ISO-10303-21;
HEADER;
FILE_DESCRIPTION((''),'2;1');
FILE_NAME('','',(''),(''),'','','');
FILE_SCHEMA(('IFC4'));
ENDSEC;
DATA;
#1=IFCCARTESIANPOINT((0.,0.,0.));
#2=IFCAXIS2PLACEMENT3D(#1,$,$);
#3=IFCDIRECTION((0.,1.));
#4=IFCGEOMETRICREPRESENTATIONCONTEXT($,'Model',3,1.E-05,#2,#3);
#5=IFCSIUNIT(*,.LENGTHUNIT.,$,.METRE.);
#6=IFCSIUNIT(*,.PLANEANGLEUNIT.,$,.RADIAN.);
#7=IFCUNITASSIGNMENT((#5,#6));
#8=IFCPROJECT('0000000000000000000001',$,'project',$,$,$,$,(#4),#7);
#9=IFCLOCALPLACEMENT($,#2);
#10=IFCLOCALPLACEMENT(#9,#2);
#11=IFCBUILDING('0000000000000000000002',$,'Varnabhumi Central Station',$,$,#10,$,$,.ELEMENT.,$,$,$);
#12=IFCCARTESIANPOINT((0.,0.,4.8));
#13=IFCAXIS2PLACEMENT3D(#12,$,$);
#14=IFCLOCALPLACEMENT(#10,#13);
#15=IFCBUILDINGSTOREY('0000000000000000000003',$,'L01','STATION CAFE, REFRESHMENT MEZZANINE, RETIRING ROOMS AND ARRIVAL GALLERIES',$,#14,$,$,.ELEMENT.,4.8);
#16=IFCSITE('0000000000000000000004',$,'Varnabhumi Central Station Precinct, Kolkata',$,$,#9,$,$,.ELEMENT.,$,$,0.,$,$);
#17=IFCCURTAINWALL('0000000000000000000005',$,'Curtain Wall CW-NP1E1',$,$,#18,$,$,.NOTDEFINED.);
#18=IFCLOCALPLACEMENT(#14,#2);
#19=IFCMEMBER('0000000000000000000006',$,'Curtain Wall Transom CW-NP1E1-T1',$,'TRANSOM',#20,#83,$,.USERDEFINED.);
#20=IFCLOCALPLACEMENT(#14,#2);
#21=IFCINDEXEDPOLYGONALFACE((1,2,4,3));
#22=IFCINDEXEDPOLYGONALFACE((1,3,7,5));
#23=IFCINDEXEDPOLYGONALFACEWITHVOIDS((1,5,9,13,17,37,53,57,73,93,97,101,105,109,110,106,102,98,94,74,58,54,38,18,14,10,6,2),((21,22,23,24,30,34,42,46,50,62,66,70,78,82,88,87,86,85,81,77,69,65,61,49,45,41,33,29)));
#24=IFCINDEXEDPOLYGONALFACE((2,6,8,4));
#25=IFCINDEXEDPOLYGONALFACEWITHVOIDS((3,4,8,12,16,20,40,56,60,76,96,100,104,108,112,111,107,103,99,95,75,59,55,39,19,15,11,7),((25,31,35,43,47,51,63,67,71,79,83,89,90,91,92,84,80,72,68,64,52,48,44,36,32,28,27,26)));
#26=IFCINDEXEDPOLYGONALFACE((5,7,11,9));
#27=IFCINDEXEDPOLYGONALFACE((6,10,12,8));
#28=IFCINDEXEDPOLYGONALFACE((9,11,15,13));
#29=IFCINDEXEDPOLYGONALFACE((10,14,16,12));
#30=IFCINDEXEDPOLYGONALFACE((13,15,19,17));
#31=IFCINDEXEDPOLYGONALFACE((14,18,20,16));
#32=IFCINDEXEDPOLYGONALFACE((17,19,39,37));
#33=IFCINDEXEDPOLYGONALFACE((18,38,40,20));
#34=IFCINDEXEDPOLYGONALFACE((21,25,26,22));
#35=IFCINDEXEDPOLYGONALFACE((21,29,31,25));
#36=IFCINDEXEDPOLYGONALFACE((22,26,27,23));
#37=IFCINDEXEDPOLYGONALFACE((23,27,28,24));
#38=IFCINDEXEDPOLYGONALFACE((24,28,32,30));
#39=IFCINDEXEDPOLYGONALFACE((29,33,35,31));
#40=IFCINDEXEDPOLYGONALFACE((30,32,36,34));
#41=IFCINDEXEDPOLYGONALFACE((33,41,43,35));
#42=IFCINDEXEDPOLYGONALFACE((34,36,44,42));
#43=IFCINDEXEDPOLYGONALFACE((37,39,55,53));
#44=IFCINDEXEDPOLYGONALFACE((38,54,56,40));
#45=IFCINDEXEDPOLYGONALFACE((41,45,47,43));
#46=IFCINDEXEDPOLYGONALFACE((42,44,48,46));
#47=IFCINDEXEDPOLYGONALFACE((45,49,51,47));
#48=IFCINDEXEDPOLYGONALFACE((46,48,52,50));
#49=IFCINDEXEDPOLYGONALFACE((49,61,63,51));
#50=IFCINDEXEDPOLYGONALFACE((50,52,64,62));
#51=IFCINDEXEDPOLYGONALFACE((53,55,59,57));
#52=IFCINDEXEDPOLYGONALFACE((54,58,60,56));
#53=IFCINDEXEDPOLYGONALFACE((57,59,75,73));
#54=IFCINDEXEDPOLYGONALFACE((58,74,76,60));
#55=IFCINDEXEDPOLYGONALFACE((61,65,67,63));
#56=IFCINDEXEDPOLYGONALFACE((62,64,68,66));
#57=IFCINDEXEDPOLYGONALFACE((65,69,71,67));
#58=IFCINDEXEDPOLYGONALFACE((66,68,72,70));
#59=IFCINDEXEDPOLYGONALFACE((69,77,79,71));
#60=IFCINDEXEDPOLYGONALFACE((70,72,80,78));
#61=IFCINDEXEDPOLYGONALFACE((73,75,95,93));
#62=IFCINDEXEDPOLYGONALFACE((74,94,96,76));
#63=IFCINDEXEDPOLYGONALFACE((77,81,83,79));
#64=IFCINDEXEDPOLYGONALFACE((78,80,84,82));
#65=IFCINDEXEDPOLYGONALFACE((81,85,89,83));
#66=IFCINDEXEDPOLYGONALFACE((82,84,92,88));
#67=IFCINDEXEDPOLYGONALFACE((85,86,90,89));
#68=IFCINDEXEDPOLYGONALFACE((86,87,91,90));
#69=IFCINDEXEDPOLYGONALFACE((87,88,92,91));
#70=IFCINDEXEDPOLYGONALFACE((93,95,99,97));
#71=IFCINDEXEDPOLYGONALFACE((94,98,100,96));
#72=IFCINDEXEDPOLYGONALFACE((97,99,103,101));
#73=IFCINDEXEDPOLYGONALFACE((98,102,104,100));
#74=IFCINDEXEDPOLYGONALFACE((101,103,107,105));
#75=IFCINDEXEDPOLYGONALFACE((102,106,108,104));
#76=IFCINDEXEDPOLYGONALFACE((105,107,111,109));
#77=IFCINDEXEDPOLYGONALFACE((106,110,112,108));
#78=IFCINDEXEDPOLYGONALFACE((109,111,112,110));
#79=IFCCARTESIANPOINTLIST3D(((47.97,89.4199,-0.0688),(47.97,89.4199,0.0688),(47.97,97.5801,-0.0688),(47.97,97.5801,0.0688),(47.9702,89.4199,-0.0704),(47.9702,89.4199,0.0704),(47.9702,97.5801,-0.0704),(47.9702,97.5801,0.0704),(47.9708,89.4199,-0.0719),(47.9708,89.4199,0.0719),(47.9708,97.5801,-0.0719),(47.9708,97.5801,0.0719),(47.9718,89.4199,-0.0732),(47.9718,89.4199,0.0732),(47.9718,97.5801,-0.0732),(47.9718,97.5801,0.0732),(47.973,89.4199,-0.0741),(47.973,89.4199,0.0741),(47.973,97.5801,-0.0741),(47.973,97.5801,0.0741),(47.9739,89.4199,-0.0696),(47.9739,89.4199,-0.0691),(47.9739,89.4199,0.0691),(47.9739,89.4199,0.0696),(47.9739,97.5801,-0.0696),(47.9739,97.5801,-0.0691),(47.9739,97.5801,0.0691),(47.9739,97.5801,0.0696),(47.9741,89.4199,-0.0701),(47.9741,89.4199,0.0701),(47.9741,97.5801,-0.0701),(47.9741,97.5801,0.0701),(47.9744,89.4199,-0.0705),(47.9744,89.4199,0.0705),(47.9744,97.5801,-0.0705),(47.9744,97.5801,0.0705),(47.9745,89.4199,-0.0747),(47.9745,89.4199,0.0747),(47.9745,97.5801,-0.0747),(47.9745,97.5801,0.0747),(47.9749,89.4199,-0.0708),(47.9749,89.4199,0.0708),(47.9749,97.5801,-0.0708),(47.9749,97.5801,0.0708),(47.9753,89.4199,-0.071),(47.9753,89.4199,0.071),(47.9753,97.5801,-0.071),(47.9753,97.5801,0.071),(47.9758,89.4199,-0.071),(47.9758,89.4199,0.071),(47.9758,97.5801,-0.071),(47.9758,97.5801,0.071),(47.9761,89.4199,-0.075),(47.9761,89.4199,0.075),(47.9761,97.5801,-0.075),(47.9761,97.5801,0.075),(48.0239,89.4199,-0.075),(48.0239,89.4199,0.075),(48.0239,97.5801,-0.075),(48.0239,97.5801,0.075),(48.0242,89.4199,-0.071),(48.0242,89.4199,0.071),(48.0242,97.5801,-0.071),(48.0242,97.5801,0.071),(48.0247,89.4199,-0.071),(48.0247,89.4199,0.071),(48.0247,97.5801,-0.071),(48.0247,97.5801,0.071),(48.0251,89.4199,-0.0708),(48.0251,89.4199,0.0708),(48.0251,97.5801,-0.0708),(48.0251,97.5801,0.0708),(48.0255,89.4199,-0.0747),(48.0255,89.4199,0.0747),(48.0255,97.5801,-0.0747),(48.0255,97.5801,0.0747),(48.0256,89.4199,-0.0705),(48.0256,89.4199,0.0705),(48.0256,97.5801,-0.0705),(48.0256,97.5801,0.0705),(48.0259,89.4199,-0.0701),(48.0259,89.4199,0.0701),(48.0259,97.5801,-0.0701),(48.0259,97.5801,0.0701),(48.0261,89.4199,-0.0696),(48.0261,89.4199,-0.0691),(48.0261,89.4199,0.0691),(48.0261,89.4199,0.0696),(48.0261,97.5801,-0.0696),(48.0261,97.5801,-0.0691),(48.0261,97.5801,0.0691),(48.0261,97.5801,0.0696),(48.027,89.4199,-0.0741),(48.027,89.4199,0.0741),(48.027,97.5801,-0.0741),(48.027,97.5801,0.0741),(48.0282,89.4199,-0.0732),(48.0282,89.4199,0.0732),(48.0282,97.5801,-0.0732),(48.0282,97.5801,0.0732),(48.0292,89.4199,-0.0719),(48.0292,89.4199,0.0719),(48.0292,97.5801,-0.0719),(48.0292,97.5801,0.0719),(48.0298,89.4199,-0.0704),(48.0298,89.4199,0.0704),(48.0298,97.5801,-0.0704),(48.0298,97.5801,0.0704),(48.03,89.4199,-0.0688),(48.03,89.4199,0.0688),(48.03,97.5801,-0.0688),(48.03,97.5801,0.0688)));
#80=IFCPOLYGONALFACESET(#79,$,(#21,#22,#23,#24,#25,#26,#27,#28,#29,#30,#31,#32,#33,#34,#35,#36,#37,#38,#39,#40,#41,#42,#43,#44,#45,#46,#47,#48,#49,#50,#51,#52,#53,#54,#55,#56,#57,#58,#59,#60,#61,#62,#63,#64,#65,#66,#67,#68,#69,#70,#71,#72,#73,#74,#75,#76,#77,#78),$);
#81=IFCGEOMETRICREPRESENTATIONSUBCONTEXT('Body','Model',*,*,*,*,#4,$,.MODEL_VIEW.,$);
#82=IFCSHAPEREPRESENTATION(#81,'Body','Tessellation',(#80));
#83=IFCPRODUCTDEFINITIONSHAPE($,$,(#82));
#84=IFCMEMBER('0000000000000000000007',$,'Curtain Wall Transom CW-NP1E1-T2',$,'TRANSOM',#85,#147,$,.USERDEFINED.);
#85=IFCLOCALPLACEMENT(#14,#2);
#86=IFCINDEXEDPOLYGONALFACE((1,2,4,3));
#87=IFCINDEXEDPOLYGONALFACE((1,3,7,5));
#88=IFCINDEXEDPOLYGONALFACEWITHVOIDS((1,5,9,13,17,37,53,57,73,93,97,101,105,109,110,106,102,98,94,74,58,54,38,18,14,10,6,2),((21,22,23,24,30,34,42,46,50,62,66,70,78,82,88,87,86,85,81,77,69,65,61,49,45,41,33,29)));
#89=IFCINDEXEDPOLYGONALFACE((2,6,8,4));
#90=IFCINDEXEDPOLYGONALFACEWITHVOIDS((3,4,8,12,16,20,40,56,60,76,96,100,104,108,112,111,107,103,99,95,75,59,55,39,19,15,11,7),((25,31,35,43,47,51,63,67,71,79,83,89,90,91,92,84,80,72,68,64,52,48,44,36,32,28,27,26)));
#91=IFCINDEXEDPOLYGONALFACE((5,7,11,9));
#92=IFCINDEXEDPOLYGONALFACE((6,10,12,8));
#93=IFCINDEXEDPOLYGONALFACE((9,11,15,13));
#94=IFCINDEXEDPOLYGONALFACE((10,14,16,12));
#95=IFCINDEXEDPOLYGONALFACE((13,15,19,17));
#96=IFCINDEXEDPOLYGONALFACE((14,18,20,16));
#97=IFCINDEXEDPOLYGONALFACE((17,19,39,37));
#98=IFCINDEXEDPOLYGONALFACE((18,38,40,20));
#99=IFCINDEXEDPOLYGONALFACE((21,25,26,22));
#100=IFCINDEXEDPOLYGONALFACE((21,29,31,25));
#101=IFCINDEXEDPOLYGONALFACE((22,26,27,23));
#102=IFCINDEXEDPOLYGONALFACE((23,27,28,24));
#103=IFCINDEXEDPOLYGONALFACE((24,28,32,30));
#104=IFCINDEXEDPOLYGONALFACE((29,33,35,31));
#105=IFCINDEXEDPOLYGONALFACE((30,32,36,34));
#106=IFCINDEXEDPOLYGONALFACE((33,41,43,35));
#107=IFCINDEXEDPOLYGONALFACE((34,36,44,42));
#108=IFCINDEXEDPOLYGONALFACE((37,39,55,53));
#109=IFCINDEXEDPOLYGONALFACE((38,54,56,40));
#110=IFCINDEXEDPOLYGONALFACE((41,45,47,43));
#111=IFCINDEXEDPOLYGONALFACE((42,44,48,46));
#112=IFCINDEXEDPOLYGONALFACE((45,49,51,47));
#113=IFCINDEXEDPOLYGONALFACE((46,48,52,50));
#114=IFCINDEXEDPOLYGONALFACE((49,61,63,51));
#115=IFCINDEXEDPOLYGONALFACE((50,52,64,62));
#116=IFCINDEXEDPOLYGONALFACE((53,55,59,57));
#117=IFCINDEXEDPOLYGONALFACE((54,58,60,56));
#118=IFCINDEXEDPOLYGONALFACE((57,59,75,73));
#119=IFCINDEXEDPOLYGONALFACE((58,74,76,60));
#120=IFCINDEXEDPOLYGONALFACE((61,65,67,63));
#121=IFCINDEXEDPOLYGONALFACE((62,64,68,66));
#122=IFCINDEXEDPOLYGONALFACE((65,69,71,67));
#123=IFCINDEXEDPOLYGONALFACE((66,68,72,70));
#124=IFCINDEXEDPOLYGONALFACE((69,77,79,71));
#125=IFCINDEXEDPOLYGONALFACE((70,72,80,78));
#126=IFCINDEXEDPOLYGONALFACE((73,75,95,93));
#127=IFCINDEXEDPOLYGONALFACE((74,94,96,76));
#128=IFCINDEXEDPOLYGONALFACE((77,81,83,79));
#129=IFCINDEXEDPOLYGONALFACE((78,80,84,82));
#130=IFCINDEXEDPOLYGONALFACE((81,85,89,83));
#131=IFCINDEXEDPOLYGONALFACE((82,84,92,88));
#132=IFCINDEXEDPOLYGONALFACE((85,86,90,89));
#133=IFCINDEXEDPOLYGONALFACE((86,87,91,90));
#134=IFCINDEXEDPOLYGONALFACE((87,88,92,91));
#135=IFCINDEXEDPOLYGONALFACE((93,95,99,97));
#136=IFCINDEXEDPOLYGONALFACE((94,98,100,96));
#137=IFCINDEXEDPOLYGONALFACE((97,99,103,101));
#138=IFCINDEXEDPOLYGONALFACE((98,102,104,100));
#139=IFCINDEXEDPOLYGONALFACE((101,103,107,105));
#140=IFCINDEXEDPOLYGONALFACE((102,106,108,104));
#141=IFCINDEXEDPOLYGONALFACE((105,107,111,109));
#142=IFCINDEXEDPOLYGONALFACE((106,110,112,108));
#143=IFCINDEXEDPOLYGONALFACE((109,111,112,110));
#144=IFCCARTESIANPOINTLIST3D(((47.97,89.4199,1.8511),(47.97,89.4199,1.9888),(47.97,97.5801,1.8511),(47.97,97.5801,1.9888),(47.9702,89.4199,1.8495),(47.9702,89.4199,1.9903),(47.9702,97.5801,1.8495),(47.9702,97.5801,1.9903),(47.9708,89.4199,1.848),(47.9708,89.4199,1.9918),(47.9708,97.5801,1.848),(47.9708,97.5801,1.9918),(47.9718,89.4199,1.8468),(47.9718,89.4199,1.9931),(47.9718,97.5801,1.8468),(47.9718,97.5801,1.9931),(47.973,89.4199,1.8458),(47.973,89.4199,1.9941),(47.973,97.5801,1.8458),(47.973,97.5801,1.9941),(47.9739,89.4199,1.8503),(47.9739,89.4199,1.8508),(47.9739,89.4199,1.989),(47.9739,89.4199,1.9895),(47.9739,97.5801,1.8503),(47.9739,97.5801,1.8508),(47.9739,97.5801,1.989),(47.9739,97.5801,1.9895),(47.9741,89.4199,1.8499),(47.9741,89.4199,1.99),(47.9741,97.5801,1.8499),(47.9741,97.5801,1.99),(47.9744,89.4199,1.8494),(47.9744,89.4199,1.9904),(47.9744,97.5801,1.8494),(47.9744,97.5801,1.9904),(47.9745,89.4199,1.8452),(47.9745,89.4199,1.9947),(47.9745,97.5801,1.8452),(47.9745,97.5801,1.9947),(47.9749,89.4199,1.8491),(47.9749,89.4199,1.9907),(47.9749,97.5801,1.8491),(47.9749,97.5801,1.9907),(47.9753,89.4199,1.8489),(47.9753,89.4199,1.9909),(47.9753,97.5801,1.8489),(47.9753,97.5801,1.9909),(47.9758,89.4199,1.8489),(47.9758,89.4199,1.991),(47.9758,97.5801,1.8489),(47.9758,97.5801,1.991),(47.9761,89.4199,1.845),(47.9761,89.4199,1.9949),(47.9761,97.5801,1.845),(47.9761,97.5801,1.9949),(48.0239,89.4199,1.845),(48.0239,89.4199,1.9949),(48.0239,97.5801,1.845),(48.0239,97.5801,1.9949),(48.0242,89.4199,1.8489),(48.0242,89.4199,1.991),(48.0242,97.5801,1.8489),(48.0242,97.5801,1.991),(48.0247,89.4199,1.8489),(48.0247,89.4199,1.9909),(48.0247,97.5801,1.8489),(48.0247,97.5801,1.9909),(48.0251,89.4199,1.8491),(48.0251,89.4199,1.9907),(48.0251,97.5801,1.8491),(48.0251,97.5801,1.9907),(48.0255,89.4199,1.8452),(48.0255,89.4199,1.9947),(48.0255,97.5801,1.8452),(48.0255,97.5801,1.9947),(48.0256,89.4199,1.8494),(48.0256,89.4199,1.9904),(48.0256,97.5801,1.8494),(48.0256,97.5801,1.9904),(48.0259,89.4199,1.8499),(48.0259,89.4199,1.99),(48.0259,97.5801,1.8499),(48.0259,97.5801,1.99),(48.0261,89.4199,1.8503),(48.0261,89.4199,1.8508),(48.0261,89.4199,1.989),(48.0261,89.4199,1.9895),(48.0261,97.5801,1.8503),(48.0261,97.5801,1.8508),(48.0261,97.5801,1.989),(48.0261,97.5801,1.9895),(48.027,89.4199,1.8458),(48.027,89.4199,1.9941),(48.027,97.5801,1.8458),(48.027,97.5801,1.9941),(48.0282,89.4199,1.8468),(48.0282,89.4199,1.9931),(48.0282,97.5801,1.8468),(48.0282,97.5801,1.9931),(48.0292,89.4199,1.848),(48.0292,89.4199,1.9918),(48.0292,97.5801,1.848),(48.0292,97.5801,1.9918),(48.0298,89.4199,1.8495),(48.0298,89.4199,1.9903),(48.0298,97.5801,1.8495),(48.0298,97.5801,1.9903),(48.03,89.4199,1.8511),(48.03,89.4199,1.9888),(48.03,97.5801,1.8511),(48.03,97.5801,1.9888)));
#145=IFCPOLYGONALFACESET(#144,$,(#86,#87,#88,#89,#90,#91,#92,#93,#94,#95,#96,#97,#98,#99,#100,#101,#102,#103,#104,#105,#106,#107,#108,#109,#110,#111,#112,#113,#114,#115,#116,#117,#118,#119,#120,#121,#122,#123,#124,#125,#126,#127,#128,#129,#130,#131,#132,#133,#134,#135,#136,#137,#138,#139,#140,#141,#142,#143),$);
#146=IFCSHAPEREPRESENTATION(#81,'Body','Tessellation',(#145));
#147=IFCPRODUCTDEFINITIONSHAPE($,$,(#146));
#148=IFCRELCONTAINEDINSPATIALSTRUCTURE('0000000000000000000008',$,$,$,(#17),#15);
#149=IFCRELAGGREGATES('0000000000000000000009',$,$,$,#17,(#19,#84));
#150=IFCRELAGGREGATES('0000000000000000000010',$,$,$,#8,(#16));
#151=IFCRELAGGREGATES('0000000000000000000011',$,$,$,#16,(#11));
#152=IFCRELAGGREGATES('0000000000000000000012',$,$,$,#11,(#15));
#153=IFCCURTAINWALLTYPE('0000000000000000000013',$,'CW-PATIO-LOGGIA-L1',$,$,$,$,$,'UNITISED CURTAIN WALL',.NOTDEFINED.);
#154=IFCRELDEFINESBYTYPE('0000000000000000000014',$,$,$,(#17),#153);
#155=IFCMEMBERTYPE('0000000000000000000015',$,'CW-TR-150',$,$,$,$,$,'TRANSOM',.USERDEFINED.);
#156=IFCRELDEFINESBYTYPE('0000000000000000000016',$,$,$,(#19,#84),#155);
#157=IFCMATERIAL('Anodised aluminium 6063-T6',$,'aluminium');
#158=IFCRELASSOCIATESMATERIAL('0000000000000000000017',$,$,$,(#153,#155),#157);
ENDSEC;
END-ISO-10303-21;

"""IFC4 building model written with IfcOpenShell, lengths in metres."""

from ifc_helpers import new_model, si_unit, direction, frame, origin, origin_2d, place, context, subcontext, project, spatial, hollow_rectangle, extrude, material, material_profile, profile_set, type_object, element, aggregate, save


model = new_model("IFC4")

# Units and contexts
model_context = context("Model", 3, precision=1e-05, world=origin(), true_north=direction((0.0, 1.0)))
body_context = subcontext(model_context, "Body", "Model", "MODEL_VIEW")
ifc_project = project(units=[si_unit("LENGTHUNIT", "METRE"), si_unit("PLANEANGLEUNIT", "RADIAN")], contexts=[model_context])

# Site, building, storey
site_placement = place(None, origin())
site = spatial("IfcSite", under=ifc_project, at=site_placement, Name="Varnabhumi Central Station Precinct, Kolkata", CompositionType="ELEMENT", RefElevation=0.0)
building_placement = place(site_placement, origin())
building = spatial("IfcBuilding", under=site, at=building_placement, Name="Varnabhumi Central Station", CompositionType="ELEMENT")
storey_placement = place(building_placement, frame((0.0, 0.0, 4.8)))
storey = spatial("IfcBuildingStorey", under=building, at=storey_placement, Name="L01", Description="STATION CAFE, REFRESHMENT MEZZANINE, RETIRING ROOMS AND ARRIVAL GALLERIES", CompositionType="ELEMENT", Elevation=4.8)

# Curtain wall
ifc_material_1 = material(Name="Anodised aluminium 6063-T6", Category="aluminium")
curtain_wall_type = type_object("IfcCurtainWallType", Name="CW-PATIO-LOGGIA-L1", ElementType="UNITISED CURTAIN WALL", PredefinedType="NOTDEFINED", material=ifc_material_1)
curtain_wall_1_placement = place(storey_placement, origin())
curtain_wall_1 = element("IfcCurtainWall", 1, at=curtain_wall_1_placement, inside=storey, type_object=curtain_wall_type, Name="Curtain Wall CW-NP1E1", PredefinedType="NOTDEFINED")

# Members
ifc_material_profile_1 = material_profile(ifc_material_1, hollow_rectangle(XDim=0.0601, YDim=0.1499, WallThickness=0.0039, InnerFilletRadius=0.002, OuterFilletRadius=0.0061, at=origin_2d()), Name="Anodised aluminium 6063-T6", Category="aluminium")
ifc_profile_set_1 = profile_set([ifc_material_profile_1], Name="Anodised aluminium 6063-T6")
member_type_1 = type_object("IfcMemberType", Name="CW-TR-150", ElementType="TRANSOM", PredefinedType="USERDEFINED", material=ifc_profile_set_1)
member_1_placement = place(storey_placement, frame((48.0, 89.4199, 0.0), z_axis=(0.0, 1.0, 0.0), x_axis=(-1.0, 0.0, 0.0)))
member_1 = element("IfcMember", 2, at=member_1_placement, type_object=member_type_1, Name="Curtain Wall Transom CW-NP1E1-T1", ObjectType="TRANSOM", PredefinedType="USERDEFINED", context=body_context, shape_type="SweptSolid", body=[
    extrude(hollow_rectangle(XDim=0.0601, YDim=0.1499, WallThickness=0.0039, InnerFilletRadius=0.002, OuterFilletRadius=0.0061, at=origin_2d()), origin(), (0.0, 0.0, 1.0), 8.1602),
])
member_2_placement = place(storey_placement, frame((48.0, 89.4199, 1.9199), z_axis=(0.0, 1.0, 0.0), x_axis=(-1.0, 0.0, 0.0)))
member_2 = element("IfcMember", 3, at=member_2_placement, type_object=member_type_1, Name="Curtain Wall Transom CW-NP1E1-T2", ObjectType="TRANSOM", PredefinedType="USERDEFINED", context=body_context, shape_type="SweptSolid", body=[
    extrude(hollow_rectangle(XDim=0.0601, YDim=0.1499, WallThickness=0.0039, InnerFilletRadius=0.002, OuterFilletRadius=0.0061, at=origin_2d()), origin(), (0.0, 0.0, 1.0), 8.1602),
])

aggregate(curtain_wall_1, [member_1, member_2])

save(model, "model.ifc")
